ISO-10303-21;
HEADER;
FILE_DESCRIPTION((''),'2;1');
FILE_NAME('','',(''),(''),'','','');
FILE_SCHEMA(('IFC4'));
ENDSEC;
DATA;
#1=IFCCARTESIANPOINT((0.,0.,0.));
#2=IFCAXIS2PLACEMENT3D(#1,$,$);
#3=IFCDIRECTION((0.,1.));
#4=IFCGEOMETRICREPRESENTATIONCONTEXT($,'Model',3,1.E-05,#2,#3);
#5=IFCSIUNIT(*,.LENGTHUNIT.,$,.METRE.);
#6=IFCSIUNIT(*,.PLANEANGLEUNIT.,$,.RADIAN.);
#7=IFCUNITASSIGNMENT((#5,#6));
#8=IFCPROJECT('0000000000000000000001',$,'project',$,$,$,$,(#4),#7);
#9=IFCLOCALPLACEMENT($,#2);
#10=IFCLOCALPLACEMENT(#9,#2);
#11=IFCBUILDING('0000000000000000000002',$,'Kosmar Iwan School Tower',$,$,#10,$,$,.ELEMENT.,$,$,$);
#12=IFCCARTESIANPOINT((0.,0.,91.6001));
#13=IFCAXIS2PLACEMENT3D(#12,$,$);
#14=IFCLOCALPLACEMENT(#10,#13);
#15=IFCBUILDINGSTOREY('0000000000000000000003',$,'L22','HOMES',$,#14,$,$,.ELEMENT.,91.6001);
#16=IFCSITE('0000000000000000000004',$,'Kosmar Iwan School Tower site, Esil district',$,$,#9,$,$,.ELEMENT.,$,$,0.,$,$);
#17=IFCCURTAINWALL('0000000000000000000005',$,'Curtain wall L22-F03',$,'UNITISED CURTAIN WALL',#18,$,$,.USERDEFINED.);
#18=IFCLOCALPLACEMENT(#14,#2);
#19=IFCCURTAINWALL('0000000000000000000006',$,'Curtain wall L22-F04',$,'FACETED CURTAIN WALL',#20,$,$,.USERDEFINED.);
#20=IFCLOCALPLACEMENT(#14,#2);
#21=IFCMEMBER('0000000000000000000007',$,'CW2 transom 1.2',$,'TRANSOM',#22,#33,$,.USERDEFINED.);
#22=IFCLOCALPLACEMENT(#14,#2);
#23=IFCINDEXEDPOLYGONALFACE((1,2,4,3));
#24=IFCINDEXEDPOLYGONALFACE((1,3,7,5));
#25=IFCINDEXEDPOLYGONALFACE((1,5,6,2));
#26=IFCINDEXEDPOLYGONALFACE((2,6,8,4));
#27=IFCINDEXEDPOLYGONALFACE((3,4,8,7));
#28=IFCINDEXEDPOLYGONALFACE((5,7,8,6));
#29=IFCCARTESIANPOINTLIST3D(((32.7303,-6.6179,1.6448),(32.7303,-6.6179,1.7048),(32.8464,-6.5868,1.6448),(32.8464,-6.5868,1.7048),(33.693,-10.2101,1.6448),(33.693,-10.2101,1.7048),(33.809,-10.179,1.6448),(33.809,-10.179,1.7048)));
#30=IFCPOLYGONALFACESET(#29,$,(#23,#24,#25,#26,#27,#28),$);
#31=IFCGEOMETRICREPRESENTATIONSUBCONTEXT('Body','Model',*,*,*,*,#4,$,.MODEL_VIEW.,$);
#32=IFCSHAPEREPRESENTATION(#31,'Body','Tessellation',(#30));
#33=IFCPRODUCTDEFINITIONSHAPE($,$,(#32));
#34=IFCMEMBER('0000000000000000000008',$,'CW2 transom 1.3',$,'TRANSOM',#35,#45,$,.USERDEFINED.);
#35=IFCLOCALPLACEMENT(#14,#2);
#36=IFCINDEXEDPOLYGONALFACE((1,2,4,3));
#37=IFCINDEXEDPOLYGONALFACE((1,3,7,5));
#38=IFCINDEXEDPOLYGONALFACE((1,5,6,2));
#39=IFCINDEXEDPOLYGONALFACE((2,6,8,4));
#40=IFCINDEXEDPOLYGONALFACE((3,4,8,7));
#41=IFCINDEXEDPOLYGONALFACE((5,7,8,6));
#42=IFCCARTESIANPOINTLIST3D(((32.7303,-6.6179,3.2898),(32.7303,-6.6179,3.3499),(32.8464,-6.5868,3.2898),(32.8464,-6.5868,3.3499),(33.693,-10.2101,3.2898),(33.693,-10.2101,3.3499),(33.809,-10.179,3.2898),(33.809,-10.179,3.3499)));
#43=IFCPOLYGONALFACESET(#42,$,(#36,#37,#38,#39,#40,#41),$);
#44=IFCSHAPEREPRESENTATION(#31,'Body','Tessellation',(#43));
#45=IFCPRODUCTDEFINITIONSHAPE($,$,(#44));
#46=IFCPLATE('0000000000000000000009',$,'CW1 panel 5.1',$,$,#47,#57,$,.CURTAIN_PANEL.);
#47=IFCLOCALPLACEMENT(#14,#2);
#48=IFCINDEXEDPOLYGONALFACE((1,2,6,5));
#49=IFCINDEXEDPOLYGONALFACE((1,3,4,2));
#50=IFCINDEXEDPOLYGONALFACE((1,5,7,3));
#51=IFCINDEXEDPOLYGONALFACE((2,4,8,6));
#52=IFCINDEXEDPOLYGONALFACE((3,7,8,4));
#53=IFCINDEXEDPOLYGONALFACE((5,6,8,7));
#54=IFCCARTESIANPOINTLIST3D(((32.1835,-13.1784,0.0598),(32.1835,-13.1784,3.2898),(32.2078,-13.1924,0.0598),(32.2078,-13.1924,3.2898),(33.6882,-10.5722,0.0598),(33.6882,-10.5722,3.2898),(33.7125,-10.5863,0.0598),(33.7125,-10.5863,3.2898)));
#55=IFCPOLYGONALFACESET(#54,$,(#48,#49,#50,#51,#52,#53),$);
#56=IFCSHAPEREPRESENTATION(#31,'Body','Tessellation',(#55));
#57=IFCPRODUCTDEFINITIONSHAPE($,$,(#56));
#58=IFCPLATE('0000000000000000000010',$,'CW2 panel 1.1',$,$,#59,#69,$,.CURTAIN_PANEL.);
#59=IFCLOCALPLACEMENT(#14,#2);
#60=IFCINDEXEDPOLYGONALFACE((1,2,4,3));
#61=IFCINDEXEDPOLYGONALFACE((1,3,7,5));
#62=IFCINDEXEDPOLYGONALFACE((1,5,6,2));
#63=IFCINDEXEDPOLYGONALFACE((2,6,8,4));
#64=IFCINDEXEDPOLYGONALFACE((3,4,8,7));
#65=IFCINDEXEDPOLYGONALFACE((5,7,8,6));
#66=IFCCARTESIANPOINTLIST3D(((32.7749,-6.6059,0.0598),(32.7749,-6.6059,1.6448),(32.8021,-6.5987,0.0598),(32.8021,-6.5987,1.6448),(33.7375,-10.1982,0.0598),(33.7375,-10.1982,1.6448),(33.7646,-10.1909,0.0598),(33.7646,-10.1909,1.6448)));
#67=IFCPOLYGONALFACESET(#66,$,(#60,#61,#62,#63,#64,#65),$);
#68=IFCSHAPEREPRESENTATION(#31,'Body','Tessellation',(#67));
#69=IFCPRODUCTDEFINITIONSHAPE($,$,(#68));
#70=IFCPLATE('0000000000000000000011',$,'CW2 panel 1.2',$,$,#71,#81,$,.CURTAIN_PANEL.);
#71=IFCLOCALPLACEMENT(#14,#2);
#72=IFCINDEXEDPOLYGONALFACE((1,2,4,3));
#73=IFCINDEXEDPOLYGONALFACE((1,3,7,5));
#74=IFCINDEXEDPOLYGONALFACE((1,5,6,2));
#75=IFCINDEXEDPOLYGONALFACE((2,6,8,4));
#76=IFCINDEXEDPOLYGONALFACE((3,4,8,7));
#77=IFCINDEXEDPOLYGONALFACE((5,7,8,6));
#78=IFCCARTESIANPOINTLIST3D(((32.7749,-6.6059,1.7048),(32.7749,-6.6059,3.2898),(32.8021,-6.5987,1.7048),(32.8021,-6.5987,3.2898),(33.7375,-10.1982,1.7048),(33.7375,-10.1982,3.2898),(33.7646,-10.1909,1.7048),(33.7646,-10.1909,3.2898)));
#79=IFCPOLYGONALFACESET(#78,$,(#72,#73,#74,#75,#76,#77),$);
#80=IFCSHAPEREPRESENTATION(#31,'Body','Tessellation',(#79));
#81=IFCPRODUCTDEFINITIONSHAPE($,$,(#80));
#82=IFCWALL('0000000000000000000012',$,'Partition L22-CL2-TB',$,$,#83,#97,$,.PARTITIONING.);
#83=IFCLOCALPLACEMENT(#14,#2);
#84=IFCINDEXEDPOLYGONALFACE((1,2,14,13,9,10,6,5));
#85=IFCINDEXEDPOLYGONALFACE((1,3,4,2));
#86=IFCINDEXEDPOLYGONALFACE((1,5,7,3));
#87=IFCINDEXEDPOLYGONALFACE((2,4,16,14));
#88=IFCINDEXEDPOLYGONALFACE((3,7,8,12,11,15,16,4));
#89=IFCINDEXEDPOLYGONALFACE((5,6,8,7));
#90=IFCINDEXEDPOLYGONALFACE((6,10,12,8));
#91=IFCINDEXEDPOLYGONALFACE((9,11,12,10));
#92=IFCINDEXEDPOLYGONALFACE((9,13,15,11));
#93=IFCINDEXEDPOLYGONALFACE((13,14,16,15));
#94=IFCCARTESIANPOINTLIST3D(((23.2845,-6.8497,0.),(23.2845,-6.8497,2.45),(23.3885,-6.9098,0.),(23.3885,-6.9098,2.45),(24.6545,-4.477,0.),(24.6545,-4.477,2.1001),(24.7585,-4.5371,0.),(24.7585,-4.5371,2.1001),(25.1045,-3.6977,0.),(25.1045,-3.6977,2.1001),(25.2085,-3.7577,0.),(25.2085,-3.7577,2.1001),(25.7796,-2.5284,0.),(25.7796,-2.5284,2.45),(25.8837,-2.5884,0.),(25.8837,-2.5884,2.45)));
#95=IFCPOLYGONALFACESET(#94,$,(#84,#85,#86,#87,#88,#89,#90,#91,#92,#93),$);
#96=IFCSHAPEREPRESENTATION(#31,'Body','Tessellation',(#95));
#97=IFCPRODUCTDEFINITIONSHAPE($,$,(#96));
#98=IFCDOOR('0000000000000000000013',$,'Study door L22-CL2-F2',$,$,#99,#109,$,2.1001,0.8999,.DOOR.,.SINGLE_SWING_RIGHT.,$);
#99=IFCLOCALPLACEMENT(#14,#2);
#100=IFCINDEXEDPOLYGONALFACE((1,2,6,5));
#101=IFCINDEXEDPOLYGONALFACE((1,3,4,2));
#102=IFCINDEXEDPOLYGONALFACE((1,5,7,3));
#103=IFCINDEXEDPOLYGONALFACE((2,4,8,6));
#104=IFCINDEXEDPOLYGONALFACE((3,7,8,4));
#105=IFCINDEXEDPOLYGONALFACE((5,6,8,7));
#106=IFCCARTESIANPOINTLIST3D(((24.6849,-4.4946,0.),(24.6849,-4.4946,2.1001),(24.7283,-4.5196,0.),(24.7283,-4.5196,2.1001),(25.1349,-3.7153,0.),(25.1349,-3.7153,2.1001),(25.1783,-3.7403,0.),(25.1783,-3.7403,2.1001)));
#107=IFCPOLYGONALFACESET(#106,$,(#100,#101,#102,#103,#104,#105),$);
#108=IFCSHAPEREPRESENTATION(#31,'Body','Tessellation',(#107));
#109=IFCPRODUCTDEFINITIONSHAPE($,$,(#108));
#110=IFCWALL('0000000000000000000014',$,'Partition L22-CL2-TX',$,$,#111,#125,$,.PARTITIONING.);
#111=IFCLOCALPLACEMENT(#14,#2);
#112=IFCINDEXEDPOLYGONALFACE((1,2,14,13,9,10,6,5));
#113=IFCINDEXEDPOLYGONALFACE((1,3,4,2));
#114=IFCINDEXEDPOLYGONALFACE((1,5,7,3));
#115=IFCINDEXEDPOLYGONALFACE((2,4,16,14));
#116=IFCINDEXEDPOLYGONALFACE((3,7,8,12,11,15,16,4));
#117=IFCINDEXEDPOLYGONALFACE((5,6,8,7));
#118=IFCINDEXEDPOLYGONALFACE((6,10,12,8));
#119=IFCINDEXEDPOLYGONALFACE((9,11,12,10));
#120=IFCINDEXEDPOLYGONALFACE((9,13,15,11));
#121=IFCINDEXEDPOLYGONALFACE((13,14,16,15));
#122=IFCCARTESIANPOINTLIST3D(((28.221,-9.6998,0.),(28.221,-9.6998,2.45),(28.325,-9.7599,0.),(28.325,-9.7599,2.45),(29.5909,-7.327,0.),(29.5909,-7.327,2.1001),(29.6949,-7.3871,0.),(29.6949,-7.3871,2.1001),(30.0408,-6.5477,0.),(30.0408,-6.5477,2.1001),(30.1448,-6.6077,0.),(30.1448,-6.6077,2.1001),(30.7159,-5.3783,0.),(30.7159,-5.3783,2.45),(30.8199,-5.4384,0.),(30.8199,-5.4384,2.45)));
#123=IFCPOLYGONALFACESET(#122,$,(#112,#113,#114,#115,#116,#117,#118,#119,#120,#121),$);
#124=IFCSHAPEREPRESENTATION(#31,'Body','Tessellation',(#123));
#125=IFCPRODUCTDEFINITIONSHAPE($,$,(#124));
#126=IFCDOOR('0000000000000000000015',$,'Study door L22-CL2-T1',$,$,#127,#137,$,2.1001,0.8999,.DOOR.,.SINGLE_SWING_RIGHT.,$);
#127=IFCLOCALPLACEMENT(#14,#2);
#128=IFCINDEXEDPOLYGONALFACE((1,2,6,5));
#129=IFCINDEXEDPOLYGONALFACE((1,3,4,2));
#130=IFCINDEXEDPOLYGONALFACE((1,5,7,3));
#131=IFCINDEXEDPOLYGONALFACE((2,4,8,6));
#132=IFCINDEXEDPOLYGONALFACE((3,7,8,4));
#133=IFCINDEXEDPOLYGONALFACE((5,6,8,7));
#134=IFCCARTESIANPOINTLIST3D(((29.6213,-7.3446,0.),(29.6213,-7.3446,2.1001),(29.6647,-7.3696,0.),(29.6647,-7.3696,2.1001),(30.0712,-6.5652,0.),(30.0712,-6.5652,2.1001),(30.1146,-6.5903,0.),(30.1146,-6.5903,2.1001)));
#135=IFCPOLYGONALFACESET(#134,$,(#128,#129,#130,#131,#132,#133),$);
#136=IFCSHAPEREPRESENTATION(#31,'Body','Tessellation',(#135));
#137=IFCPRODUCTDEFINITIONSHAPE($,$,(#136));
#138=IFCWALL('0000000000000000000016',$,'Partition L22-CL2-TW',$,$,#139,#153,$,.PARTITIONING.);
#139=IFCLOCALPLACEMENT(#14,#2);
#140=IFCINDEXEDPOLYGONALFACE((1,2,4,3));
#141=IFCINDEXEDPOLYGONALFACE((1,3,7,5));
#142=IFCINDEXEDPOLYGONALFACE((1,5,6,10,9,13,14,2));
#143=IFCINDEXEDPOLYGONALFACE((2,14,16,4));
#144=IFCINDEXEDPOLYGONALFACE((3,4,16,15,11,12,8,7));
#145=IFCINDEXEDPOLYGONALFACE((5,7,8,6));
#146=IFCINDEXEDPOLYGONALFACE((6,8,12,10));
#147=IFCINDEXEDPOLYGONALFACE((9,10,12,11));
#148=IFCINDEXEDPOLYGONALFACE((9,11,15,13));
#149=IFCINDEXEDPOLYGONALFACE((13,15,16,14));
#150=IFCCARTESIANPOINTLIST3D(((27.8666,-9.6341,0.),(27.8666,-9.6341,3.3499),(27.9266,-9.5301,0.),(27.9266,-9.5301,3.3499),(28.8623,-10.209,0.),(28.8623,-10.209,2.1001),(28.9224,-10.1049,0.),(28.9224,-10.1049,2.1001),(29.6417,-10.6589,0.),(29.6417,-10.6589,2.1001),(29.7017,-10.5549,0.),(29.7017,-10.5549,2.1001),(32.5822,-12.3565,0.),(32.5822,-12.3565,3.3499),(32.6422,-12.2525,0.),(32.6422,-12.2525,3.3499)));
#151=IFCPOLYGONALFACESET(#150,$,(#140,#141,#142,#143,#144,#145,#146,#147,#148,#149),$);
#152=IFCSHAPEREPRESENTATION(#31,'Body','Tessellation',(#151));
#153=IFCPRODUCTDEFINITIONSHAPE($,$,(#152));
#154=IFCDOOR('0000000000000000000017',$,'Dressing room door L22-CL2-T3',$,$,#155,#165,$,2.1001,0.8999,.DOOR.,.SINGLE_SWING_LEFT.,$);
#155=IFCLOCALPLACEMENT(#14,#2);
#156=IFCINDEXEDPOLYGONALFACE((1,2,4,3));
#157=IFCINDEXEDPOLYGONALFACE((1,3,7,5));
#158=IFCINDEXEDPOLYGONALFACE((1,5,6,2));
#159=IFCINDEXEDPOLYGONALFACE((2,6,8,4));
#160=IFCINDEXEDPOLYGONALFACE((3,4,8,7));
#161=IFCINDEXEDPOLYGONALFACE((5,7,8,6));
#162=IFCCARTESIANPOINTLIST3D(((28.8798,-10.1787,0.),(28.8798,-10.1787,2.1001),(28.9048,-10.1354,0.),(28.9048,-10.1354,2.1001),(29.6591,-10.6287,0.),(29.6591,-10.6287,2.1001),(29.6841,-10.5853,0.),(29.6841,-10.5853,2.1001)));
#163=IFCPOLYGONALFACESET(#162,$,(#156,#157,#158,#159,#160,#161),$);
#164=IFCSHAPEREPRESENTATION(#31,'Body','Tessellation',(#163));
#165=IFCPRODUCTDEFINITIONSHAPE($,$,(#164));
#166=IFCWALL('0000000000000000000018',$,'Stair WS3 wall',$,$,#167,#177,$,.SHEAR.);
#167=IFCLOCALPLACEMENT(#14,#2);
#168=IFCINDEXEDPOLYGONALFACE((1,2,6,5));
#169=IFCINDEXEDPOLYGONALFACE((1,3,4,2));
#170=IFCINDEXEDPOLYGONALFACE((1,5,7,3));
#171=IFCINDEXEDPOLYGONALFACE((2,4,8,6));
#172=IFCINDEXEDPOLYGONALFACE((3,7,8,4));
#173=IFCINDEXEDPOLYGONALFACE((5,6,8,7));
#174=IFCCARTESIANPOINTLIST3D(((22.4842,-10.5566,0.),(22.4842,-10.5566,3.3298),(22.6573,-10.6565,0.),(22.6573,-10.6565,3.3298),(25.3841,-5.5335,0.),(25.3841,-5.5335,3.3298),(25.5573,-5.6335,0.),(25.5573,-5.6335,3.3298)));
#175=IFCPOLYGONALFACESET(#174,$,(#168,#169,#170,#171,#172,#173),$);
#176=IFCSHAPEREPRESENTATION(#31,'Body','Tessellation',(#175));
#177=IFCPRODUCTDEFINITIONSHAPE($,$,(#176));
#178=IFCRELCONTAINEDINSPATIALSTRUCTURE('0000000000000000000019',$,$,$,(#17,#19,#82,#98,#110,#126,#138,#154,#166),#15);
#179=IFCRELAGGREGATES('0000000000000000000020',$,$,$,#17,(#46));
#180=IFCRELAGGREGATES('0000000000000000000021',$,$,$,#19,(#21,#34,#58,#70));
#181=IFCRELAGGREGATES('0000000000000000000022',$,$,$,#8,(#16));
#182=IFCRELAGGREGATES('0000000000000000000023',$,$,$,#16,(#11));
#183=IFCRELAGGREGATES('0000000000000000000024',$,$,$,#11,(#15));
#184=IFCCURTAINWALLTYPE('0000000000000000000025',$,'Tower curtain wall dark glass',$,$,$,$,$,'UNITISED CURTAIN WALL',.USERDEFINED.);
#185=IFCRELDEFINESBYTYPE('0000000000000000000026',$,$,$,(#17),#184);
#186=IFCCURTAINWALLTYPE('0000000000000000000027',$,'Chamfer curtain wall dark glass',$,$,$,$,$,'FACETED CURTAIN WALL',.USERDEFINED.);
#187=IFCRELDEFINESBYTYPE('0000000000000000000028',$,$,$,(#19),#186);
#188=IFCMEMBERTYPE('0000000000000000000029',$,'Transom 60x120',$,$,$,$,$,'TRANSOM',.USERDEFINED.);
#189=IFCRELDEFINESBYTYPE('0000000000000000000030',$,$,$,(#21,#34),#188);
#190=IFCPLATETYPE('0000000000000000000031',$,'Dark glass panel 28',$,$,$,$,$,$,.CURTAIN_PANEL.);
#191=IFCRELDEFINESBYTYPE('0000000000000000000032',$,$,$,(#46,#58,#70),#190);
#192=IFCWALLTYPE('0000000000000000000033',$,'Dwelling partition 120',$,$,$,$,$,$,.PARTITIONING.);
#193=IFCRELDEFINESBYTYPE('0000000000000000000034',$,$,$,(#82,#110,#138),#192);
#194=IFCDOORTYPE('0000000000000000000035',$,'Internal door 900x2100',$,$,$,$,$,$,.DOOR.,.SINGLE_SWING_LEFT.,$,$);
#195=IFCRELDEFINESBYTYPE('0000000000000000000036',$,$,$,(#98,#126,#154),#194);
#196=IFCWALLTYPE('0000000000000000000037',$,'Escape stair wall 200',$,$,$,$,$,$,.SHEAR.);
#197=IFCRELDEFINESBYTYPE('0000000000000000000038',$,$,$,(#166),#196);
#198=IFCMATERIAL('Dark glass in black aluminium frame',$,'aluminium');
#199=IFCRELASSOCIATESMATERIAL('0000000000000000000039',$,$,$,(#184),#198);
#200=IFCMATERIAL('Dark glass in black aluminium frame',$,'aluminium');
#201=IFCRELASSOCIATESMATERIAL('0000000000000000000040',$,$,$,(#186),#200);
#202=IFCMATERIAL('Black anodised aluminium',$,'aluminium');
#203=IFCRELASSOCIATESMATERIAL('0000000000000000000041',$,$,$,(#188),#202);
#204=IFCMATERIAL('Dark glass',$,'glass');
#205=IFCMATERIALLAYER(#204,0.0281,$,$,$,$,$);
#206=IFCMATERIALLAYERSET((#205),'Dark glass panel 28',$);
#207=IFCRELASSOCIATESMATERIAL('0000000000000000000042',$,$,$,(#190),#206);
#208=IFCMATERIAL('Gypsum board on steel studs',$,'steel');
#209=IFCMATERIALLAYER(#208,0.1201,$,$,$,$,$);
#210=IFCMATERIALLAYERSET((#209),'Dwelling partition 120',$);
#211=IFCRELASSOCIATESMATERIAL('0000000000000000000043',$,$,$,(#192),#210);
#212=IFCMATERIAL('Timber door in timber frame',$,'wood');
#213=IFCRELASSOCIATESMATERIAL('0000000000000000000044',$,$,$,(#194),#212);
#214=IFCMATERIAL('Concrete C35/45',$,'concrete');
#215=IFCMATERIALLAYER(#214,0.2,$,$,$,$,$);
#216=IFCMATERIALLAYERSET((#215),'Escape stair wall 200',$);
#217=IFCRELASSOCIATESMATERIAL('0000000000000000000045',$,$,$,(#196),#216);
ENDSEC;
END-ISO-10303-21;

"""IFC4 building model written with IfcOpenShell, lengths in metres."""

from ifc_helpers import new_model, si_unit, direction, frame, frame_2d, origin, origin_2d, place, context, subcontext, project, spatial, rectangle, extrude, material, layer, layer_set, material_profile, profile_set, type_object, element, fill, aggregate, save


model = new_model("IFC4")

# Units and contexts
model_context = context("Model", 3, precision=1e-05, world=origin(), true_north=direction((0.0, 1.0)))
body_context = subcontext(model_context, "Body", "Model", "MODEL_VIEW")
ifc_project = project(units=[si_unit("LENGTHUNIT", "METRE"), si_unit("PLANEANGLEUNIT", "RADIAN")], contexts=[model_context])

# Site, building, storey
site_placement = place(None, origin())
site = spatial("IfcSite", under=ifc_project, at=site_placement, Name="Kosmar Iwan School Tower site, Esil district", CompositionType="ELEMENT", RefElevation=0.0)
building_placement = place(site_placement, origin())
building = spatial("IfcBuilding", under=site, at=building_placement, Name="Kosmar Iwan School Tower", CompositionType="ELEMENT")
storey_placement = place(building_placement, frame((0.0, 0.0, 91.6001)))
storey = spatial("IfcBuildingStorey", under=building, at=storey_placement, Name="L22", Description="HOMES", CompositionType="ELEMENT", Elevation=91.6001)

# Curtain wall
ifc_material_1 = material(Name="Dark glass in black aluminium frame", Category="aluminium")
curtain_wall_type_1 = type_object("IfcCurtainWallType", Name="Tower curtain wall dark glass", ElementType="UNITISED CURTAIN WALL", PredefinedType="USERDEFINED", material=ifc_material_1)
curtain_wall_1_placement = place(storey_placement, origin())
curtain_wall_1 = element("IfcCurtainWall", 1, at=curtain_wall_1_placement, inside=storey, type_object=curtain_wall_type_1, Name="Curtain wall L22-F03", ObjectType="UNITISED CURTAIN WALL", PredefinedType="USERDEFINED")

# Curtain wall
ifc_material_2 = material(Name="Dark glass in black aluminium frame", Category="aluminium")
curtain_wall_type_2 = type_object("IfcCurtainWallType", Name="Chamfer curtain wall dark glass", ElementType="FACETED CURTAIN WALL", PredefinedType="USERDEFINED", material=ifc_material_2)
curtain_wall_2_placement = place(storey_placement, origin())
curtain_wall_2 = element("IfcCurtainWall", 2, at=curtain_wall_2_placement, inside=storey, type_object=curtain_wall_type_2, Name="Curtain wall L22-F04", ObjectType="FACETED CURTAIN WALL", PredefinedType="USERDEFINED")

# Members
ifc_material_3 = material(Name="Black anodised aluminium", Category="aluminium")
ifc_material_profile_1 = material_profile(ifc_material_3, rectangle(XDim=0.1201, YDim=0.0601, at=origin_2d()), Name="TRANSOM 60x120")
ifc_profile_set_1 = profile_set([ifc_material_profile_1], Name="Black anodised aluminium")
member_type_1 = type_object("IfcMemberType", Name="Transom 60x120", ElementType="TRANSOM", PredefinedType="USERDEFINED", material=ifc_profile_set_1)
member_1_placement = place(storey_placement, frame((33.751, -10.1946, 1.6748), z_axis=(-0.258843, 0.965919, 0.0), x_axis=(-0.965919, -0.258843, 0.0)))
member_1 = element("IfcMember", 3, at=member_1_placement, type_object=member_type_1, Name="CW2 transom 1.2", ObjectType="TRANSOM", PredefinedType="USERDEFINED", context=body_context, shape_type="SweptSolid", body=[
    extrude(rectangle(XDim=0.1201, YDim=0.0601, at=origin_2d()), origin(), (0.0, 0.0, 1.0), 3.719),
])
member_2_placement = place(storey_placement, frame((33.751, -10.1946, 3.3198), z_axis=(-0.258843, 0.965919, 0.0), x_axis=(-0.965919, -0.258843, 0.0)))
member_2 = element("IfcMember", 4, at=member_2_placement, type_object=member_type_1, Name="CW2 transom 1.3", ObjectType="TRANSOM", PredefinedType="USERDEFINED", context=body_context, shape_type="SweptSolid", body=[
    extrude(rectangle(XDim=0.1201, YDim=0.0601, at=origin_2d()), origin(), (0.0, 0.0, 1.0), 3.719),
])

# Plates
ifc_material_4 = material(Name="Dark glass", Category="glass")
ifc_layer_1 = layer(ifc_material_4, 0.0281)
ifc_layer_set_1 = layer_set([ifc_layer_1], Name="Dark glass panel 28")
plate_type = type_object("IfcPlateType", Name="Dark glass panel 28", PredefinedType="CURTAIN_PANEL", material=ifc_layer_set_1)
plate_1_placement = place(storey_placement, frame((32.948, -11.8823, 0.0598), z_axis=(0.0, 0.0, 1.0), x_axis=(0.5, 0.866025, 0.0)))
plate_1 = element("IfcPlate", 5, at=plate_1_placement, type_object=plate_type, Name="CW1 panel 5.1", PredefinedType="CURTAIN_PANEL", context=body_context, shape_type="SweptSolid", body=[
    extrude(rectangle(XDim=3.0093, YDim=0.0281, at=origin_2d()), origin(), (0.0, 0.0, 1.0), 3.23),
])
aggregate(curtain_wall_1, [plate_1])
plate_2_placement = place(storey_placement, frame((33.2698, -8.3984, 0.0598), z_axis=(0.0, 0.0, 1.0), x_axis=(-0.258819, 0.965926, 0.0)))
plate_2 = element("IfcPlate", 6, at=plate_2_placement, type_object=plate_type, Name="CW2 panel 1.1", PredefinedType="CURTAIN_PANEL", context=body_context, shape_type="SweptSolid", body=[
    extrude(rectangle(XDim=3.719, YDim=0.0281, at=origin_2d()), origin(), (0.0, 0.0, 1.0), 1.585),
])
plate_3_placement = place(storey_placement, frame((33.2698, -8.3984, 1.7048), z_axis=(0.0, 0.0, 1.0), x_axis=(-0.258819, 0.965926, 0.0)))
plate_3 = element("IfcPlate", 7, at=plate_3_placement, type_object=plate_type, Name="CW2 panel 1.2", PredefinedType="CURTAIN_PANEL", context=body_context, shape_type="SweptSolid", body=[
    extrude(rectangle(XDim=3.719, YDim=0.0281, at=origin_2d()), origin(), (0.0, 0.0, 1.0), 1.585),
])
aggregate(curtain_wall_2, [member_1, member_2, plate_2, plate_3])

# Walls, openings, doors
ifc_material_5 = material(Name="Gypsum board on steel studs", Category="steel")
ifc_layer_2 = layer(ifc_material_5, 0.1201)
ifc_layer_set_2 = layer_set([ifc_layer_2], Name="Dwelling partition 120")
wall_type_1 = type_object("IfcWallType", Name="Dwelling partition 120", PredefinedType="PARTITIONING", material=ifc_layer_set_2)
wall_1_placement = place(storey_placement, frame((23.3364, -6.8799, 0.0), z_axis=(0.0, 0.0, 1.0), x_axis=(0.500033, 0.866006, 0.0)))
wall_1 = element("IfcWall", 8, at=wall_1_placement, inside=storey, type_object=wall_type_1, Name="Partition L22-CL2-TB", PredefinedType="PARTITIONING", context=body_context, shape_type="SweptSolid", body=[
    extrude(rectangle(XDim=4.99, YDim=0.1201, at=frame_2d((2.4951, 0.0))), origin(), (0.0, 0.0, 1.0), 2.45),
])
opening_1_placement = place(wall_1_placement, frame((2.74, 0.0, 0.0)))
opening_1 = element("IfcOpeningElement", 9, at=opening_1_placement, cuts=wall_1, PredefinedType="OPENING", context=body_context, shape_type="SweptSolid", body=[
    extrude(rectangle(XDim=0.8999, YDim=2.1001, at=frame_2d((0.45, 1.05))), frame((0.0, 0.072, 0.0), z_axis=(0.0, -1.0, 0.0), x_axis=(1.0, 0.0, 0.0)), (0.0, 0.0, 1.0), 0.144),
])
ifc_material_6 = material(Name="Timber door in timber frame", Category="wood")
door_type = type_object("IfcDoorType", Name="Internal door 900x2100", OperationType="SINGLE_SWING_LEFT", PredefinedType="DOOR", material=ifc_material_6)
door_1_placement = place(opening_1_placement, origin())
door_1 = element("IfcDoor", 10, at=door_1_placement, inside=storey, type_object=door_type, Name="Study door L22-CL2-F2", OperationType="SINGLE_SWING_RIGHT", OverallHeight=2.1001, OverallWidth=0.8999, PredefinedType="DOOR", context=body_context, shape_type="SweptSolid", body=[
    extrude(rectangle(XDim=0.8999, YDim=2.1001, at=frame_2d((0.45, 1.05))), frame((0.0, 0.0249, 0.0), z_axis=(0.0, -1.0, 0.0), x_axis=(1.0, 0.0, 0.0)), (0.0, 0.0, 1.0), 0.05),
])
fill(opening_1, door_1)
wall_2_placement = place(storey_placement, frame((28.2729, -9.73, 0.0), z_axis=(0.0, 0.0, 1.0), x_axis=(0.499975, 0.86604, 0.0)))
wall_2 = element("IfcWall", 11, at=wall_2_placement, inside=storey, type_object=wall_type_1, Name="Partition L22-CL2-TX", PredefinedType="PARTITIONING", context=body_context, shape_type="SweptSolid", body=[
    extrude(rectangle(XDim=4.99, YDim=0.1201, at=frame_2d((2.4951, 0.0))), origin(), (0.0, 0.0, 1.0), 2.45),
])
opening_2_placement = place(wall_2_placement, frame((2.74, 0.0, 0.0)))
opening_2 = element("IfcOpeningElement", 12, at=opening_2_placement, cuts=wall_2, PredefinedType="OPENING", context=body_context, shape_type="SweptSolid", body=[
    extrude(rectangle(XDim=0.8999, YDim=2.1001, at=frame_2d((0.45, 1.05))), frame((0.0, 0.072, 0.0), z_axis=(0.0, -1.0, 0.0), x_axis=(1.0, 0.0, 0.0)), (0.0, 0.0, 1.0), 0.144),
])
door_2_placement = place(opening_2_placement, origin())
door_2 = element("IfcDoor", 13, at=door_2_placement, inside=storey, type_object=door_type, Name="Study door L22-CL2-T1", OperationType="SINGLE_SWING_RIGHT", OverallHeight=2.1001, OverallWidth=0.8999, PredefinedType="DOOR", context=body_context, shape_type="SweptSolid", body=[
    extrude(rectangle(XDim=0.8999, YDim=2.1001, at=frame_2d((0.45, 1.05))), frame((0.0, 0.0249, 0.0), z_axis=(0.0, -1.0, 0.0), x_axis=(1.0, 0.0, 0.0)), (0.0, 0.0, 1.0), 0.05),
])
fill(opening_2, door_2)
wall_3_placement = place(storey_placement, frame((27.8965, -9.582, 0.0), z_axis=(0.0, 0.0, 1.0), x_axis=(0.866036, -0.499982, 0.0)))
wall_3 = element("IfcWall", 14, at=wall_3_placement, inside=storey, type_object=wall_type_1, Name="Partition L22-CL2-TW", PredefinedType="PARTITIONING", context=body_context, shape_type="SweptSolid", body=[
    extrude(rectangle(XDim=5.4451, YDim=0.1201, at=frame_2d((2.7227, 0.0))), origin(), (0.0, 0.0, 1.0), 3.3499),
])
opening_3_placement = place(wall_3_placement, frame((1.1499, 0.0, 0.0)))
opening_3 = element("IfcOpeningElement", 15, at=opening_3_placement, cuts=wall_3, PredefinedType="OPENING", context=body_context, shape_type="SweptSolid", body=[
    extrude(rectangle(XDim=0.8999, YDim=2.1001, at=frame_2d((0.45, 1.05))), frame((0.0, 0.072, 0.0), z_axis=(0.0, -1.0, 0.0), x_axis=(1.0, 0.0, 0.0)), (0.0, 0.0, 1.0), 0.144),
])
door_3_placement = place(opening_3_placement, origin())
door_3 = element("IfcDoor", 16, at=door_3_placement, inside=storey, type_object=door_type, Name="Dressing room door L22-CL2-T3", OperationType="SINGLE_SWING_LEFT", OverallHeight=2.1001, OverallWidth=0.8999, PredefinedType="DOOR", context=body_context, shape_type="SweptSolid", body=[
    extrude(rectangle(XDim=0.8999, YDim=2.1001, at=frame_2d((0.45, 1.05))), frame((0.0, 0.0249, 0.0), z_axis=(0.0, -1.0, 0.0), x_axis=(1.0, 0.0, 0.0)), (0.0, 0.0, 1.0), 0.05),
])
fill(opening_3, door_3)

# Wall
ifc_material_7 = material(Name="Concrete C35/45", Category="concrete")
ifc_layer_3 = layer(ifc_material_7, 0.2)
ifc_layer_set_3 = layer_set([ifc_layer_3], Name="Escape stair wall 200")
wall_type_2 = type_object("IfcWallType", Name="Escape stair wall 200", PredefinedType="SHEAR", material=ifc_layer_set_3)
for number, where, z_axis, x_axis, name in (
    (17, (22.5708, -10.6064, 0.0), (0.0, 0.0, 1.0), (0.499987, 0.866033, 0.0), "Stair WS3 wall"),
):
    element("IfcWall", number, at=place(storey_placement, frame(where, z_axis=z_axis, x_axis=x_axis)), inside=storey, type_object=wall_type_2, Name=name, PredefinedType="SHEAR", context=body_context, shape_type="SweptSolid", body=[
        extrude(rectangle(XDim=5.8, YDim=0.2, at=frame_2d((2.8999, 0.0))), origin(), (0.0, 0.0, 1.0), 3.3298),
    ])

save(model, "model.ifc")
